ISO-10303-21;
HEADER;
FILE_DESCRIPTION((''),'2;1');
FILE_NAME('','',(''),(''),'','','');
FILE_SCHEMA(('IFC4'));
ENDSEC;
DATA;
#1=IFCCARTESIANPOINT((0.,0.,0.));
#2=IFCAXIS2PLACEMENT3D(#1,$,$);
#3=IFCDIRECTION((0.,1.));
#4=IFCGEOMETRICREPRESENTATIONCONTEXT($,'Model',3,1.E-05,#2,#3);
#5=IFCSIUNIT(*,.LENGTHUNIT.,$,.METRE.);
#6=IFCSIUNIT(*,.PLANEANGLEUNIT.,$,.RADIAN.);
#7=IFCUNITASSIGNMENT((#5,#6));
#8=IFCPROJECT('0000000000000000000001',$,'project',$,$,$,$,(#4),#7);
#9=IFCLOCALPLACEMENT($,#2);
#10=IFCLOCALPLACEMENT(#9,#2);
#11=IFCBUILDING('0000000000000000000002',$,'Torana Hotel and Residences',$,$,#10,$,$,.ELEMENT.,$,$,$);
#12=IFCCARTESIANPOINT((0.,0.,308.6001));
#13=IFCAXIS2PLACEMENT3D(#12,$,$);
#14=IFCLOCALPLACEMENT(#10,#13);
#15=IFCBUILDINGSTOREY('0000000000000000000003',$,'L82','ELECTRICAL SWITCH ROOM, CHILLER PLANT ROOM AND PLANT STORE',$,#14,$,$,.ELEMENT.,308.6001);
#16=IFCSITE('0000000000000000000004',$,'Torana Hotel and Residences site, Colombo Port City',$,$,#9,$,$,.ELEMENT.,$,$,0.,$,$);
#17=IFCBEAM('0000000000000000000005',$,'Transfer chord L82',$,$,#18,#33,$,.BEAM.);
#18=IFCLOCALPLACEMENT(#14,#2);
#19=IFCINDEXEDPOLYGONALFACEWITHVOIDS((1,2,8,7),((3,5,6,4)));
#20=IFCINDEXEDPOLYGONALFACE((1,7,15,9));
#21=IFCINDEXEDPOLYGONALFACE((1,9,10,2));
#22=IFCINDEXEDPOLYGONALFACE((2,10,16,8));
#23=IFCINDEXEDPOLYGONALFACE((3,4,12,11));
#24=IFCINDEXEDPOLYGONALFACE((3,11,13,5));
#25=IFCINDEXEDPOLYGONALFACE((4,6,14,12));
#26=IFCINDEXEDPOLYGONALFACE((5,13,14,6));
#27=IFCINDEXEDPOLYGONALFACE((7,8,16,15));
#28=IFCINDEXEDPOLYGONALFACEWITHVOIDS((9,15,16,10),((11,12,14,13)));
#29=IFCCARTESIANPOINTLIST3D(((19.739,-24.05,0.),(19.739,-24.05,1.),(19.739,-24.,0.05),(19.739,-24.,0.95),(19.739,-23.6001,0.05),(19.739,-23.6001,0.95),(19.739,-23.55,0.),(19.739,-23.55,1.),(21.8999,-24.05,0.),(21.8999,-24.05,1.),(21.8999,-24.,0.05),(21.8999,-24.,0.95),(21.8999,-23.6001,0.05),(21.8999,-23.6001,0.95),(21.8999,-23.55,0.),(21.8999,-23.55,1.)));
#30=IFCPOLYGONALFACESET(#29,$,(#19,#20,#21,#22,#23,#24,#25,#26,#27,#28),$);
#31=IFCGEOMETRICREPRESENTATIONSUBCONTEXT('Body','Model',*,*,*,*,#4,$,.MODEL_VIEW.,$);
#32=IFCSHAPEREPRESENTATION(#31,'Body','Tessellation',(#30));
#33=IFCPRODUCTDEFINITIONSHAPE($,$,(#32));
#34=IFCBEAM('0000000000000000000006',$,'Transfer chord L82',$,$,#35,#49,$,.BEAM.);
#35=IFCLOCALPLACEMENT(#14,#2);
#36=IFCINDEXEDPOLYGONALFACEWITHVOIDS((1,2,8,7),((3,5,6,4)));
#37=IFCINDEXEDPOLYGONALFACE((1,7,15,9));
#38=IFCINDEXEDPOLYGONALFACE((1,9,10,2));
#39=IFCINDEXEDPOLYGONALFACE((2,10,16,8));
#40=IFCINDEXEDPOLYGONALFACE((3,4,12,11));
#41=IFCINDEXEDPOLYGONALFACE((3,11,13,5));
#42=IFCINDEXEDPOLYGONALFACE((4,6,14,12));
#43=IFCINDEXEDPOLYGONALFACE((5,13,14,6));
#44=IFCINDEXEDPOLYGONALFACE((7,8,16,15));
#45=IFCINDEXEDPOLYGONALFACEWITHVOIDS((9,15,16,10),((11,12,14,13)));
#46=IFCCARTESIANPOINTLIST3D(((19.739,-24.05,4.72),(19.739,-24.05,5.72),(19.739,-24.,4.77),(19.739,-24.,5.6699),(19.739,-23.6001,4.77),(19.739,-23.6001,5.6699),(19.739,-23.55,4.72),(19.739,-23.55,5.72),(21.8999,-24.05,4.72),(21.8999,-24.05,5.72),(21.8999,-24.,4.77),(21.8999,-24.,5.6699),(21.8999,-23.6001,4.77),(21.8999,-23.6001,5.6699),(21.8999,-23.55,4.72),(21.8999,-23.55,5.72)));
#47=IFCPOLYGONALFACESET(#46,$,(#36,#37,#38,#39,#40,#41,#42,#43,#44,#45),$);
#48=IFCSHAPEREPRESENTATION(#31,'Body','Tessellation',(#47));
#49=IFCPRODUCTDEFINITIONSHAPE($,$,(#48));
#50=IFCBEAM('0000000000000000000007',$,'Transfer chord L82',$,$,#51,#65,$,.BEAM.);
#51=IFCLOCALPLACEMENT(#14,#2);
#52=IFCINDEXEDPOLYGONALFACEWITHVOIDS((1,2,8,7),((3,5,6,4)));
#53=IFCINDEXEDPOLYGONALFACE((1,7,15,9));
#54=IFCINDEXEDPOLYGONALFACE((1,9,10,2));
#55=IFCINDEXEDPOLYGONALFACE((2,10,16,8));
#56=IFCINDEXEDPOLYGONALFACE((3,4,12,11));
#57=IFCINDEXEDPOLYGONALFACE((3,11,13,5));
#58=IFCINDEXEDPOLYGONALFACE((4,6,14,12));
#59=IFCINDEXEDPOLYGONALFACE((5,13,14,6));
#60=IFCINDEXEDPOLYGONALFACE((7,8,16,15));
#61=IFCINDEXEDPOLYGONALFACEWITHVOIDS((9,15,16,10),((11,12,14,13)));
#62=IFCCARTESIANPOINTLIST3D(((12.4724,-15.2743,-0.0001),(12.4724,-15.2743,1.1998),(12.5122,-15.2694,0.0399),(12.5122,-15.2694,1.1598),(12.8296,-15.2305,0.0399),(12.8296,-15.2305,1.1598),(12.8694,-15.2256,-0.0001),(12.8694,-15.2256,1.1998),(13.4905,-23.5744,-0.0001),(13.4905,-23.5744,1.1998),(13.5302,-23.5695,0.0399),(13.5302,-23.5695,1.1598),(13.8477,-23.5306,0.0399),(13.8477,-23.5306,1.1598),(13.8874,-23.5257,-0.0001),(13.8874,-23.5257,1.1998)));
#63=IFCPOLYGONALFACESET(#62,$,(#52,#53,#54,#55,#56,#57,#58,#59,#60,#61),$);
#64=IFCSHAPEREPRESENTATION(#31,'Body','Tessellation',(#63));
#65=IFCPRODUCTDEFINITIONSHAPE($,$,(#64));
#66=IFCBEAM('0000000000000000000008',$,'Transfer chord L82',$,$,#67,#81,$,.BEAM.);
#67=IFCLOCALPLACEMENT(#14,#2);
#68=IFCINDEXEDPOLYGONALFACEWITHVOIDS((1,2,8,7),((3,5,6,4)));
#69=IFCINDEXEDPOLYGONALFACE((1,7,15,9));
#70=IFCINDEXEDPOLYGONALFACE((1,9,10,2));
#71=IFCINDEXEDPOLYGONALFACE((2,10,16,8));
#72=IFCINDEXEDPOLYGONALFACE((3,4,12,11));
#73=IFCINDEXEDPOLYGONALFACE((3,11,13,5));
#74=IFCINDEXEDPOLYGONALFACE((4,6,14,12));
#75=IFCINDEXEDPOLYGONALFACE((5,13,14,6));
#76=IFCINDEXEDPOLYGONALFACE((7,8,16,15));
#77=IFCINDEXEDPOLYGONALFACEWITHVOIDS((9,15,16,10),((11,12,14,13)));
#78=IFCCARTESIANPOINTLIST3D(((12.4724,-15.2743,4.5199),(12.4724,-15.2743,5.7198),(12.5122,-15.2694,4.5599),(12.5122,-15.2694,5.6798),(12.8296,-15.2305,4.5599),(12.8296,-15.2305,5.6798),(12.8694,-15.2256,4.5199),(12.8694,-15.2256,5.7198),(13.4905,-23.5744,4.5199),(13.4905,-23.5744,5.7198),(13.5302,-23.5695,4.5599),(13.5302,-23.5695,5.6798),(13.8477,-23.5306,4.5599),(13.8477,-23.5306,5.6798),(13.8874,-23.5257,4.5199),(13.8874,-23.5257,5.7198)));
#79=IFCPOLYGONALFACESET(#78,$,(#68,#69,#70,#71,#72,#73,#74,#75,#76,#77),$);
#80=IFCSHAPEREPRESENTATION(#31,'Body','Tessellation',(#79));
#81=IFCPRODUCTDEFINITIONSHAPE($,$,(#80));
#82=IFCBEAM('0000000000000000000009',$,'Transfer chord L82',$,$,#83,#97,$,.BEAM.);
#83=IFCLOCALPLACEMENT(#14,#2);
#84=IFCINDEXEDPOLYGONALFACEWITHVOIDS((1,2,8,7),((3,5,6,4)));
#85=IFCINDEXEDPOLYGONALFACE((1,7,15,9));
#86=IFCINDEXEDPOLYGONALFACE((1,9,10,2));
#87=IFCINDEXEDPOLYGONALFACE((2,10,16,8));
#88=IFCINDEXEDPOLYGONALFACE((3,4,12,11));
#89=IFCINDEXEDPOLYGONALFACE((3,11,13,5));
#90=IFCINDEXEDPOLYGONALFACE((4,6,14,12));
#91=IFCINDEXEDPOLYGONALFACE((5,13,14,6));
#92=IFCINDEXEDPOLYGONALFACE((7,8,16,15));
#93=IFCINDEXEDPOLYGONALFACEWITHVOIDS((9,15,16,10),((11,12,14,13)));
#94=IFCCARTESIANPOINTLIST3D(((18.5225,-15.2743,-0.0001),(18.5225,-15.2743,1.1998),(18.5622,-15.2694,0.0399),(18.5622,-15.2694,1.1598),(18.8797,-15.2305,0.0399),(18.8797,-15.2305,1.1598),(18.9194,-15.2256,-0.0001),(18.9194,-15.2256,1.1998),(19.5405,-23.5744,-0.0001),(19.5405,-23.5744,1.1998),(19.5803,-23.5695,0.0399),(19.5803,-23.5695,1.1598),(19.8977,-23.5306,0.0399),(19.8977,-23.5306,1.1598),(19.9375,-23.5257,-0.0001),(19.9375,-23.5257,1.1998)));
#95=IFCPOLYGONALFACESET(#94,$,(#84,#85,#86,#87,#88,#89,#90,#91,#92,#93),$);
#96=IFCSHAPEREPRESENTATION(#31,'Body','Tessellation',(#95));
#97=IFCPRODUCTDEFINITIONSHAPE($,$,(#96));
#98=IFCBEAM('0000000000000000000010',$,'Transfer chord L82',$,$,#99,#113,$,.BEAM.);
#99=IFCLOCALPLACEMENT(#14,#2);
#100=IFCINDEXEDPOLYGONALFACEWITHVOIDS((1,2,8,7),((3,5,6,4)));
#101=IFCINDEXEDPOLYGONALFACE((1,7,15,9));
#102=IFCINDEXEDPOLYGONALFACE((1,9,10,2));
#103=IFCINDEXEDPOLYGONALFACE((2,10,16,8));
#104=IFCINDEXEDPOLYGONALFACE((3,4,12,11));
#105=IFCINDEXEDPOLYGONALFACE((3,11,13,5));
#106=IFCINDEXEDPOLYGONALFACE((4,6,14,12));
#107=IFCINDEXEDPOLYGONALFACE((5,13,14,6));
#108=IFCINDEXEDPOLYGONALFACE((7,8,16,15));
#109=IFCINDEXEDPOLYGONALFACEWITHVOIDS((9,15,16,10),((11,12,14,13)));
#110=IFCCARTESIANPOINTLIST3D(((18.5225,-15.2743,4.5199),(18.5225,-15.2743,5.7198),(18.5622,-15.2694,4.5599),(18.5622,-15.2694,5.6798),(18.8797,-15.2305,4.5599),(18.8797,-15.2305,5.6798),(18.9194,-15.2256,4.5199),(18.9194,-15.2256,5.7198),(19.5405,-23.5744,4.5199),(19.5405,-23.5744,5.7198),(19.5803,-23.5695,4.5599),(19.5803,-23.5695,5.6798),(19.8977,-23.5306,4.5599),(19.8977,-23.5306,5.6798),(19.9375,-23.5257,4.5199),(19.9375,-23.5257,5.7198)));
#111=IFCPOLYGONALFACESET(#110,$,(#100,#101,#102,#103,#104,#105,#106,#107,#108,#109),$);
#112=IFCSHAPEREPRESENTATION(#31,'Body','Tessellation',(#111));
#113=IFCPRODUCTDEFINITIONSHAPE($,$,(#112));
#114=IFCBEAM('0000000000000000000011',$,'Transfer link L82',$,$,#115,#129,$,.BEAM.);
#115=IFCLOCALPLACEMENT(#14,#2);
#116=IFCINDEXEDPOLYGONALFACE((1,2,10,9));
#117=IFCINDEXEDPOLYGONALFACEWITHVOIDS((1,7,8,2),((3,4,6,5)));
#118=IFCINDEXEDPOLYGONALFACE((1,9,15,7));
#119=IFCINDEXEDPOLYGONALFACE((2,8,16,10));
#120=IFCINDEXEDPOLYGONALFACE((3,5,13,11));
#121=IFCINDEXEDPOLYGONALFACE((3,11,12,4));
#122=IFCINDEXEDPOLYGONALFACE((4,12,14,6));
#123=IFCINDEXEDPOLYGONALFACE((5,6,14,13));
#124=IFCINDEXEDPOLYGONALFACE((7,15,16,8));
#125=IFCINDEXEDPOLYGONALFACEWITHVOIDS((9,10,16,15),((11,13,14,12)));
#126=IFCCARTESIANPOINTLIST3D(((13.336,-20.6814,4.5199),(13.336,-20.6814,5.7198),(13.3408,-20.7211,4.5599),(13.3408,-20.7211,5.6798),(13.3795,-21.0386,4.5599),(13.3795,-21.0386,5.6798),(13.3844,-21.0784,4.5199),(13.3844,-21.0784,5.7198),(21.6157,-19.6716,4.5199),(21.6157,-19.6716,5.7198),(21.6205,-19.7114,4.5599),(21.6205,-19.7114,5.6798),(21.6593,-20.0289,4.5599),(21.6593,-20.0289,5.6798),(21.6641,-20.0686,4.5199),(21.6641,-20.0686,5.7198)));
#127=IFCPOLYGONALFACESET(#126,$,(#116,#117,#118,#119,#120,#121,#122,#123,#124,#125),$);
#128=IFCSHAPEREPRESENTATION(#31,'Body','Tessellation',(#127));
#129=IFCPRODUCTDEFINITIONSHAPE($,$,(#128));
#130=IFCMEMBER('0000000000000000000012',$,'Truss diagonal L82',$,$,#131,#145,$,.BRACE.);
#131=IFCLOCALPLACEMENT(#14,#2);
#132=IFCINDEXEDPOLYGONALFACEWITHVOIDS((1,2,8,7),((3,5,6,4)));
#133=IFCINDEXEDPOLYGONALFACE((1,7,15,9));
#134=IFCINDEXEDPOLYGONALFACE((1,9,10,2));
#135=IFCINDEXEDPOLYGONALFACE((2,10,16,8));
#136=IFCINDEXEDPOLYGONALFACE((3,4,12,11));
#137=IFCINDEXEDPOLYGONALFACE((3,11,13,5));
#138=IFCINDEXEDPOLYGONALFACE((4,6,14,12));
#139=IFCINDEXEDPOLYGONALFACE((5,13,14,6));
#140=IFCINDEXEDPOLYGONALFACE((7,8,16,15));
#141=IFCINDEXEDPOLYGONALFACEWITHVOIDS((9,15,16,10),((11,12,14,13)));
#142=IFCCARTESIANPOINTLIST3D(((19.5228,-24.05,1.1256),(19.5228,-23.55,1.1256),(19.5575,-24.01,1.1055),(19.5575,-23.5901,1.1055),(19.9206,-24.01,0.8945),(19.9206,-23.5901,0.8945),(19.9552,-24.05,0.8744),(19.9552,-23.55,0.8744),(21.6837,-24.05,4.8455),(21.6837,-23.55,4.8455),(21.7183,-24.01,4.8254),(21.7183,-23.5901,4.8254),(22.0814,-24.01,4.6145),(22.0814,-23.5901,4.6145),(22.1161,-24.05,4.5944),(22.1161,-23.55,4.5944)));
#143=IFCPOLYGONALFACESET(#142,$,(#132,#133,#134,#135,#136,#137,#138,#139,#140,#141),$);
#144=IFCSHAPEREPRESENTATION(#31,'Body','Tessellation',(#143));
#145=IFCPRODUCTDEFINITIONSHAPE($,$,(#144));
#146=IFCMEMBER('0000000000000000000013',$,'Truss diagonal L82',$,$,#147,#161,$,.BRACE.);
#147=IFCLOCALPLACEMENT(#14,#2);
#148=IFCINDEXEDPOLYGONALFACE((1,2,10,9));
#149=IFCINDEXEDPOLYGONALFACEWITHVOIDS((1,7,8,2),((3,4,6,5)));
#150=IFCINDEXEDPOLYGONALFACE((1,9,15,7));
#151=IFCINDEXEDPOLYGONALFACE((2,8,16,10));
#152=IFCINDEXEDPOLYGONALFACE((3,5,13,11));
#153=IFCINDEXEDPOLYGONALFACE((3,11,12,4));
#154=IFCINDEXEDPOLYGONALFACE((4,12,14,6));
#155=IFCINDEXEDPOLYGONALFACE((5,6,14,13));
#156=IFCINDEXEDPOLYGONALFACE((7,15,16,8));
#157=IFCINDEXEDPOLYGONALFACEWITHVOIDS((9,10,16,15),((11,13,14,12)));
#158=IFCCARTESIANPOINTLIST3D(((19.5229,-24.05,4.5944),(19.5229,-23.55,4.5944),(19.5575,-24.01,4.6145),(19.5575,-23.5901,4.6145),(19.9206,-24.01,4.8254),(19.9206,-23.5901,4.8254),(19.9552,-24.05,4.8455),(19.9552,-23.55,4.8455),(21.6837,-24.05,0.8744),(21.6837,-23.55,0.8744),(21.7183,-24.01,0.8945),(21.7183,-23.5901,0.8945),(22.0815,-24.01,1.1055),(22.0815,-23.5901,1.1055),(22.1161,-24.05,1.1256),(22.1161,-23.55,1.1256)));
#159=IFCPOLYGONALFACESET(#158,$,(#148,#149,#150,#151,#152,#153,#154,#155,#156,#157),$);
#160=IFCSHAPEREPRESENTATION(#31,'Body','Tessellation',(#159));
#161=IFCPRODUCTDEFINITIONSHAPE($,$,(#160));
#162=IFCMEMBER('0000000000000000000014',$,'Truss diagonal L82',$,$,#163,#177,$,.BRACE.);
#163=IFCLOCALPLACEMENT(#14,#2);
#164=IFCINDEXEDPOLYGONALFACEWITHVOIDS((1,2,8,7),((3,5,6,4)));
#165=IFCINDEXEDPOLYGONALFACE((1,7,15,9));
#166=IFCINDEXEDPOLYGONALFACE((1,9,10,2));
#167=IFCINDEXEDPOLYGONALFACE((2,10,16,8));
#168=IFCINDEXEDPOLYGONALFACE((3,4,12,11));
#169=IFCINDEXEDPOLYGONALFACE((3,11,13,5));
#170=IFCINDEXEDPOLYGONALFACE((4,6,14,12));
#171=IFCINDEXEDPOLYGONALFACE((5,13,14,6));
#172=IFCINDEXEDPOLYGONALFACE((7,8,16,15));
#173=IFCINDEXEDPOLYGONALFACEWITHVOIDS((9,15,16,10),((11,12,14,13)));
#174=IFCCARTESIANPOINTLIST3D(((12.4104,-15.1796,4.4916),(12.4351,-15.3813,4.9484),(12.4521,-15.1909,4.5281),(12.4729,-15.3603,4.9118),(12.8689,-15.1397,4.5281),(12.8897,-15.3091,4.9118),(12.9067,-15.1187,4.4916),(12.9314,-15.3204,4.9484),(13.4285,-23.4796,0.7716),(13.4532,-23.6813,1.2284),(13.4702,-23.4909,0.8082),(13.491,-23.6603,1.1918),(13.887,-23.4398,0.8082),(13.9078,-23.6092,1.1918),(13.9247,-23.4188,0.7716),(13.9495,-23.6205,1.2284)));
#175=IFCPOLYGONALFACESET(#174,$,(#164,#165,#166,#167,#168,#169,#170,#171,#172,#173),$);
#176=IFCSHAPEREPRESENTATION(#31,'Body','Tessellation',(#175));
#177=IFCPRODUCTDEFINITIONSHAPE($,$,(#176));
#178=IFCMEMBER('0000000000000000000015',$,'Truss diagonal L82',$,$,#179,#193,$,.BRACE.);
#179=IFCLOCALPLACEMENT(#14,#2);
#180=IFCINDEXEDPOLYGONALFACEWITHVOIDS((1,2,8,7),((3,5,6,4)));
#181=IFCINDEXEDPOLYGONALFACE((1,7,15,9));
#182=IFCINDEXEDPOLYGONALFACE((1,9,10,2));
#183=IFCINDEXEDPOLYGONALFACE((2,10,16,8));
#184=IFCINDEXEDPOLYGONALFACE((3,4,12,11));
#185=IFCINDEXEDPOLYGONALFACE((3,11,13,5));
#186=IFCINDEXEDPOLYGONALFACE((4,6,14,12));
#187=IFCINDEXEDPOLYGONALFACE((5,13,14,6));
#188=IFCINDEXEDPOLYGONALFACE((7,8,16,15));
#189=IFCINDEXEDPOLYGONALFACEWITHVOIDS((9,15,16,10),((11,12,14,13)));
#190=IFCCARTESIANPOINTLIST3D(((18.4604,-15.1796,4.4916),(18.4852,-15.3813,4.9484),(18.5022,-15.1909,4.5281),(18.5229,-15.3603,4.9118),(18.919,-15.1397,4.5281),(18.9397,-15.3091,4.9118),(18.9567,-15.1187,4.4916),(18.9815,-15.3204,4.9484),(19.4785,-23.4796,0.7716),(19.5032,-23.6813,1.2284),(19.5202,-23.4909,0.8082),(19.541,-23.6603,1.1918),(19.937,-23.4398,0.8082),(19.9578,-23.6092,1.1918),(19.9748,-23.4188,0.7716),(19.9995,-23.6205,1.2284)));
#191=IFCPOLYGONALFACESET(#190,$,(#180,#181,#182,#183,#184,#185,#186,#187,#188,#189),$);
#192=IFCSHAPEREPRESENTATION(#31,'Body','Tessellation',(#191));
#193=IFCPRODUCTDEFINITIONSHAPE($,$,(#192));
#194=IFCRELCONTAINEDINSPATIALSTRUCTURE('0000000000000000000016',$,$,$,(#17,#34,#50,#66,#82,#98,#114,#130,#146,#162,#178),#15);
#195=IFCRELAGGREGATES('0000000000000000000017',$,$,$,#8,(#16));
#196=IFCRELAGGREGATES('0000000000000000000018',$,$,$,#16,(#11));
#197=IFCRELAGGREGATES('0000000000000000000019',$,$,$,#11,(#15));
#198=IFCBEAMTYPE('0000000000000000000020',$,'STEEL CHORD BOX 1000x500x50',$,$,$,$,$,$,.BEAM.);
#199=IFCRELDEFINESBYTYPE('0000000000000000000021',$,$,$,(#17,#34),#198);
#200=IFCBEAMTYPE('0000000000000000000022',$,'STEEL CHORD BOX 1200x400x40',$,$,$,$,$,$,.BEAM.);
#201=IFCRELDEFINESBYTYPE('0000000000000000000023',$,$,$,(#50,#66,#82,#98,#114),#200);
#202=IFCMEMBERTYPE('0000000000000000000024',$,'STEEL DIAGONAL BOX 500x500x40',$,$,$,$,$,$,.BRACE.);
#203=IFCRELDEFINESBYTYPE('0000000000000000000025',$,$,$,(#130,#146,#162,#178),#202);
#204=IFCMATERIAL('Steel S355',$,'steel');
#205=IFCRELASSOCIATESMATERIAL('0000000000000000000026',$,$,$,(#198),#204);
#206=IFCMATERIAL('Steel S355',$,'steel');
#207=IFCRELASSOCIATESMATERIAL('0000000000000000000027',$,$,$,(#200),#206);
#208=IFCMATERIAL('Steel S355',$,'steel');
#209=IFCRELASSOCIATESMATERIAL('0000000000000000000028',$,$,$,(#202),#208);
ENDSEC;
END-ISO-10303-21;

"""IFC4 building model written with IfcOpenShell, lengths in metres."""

from ifc_helpers import new_model, si_unit, direction, frame, origin, origin_2d, place, context, subcontext, project, spatial, hollow_rectangle, extrude, material, material_profile, profile_set, type_object, element, save


model = new_model("IFC4")

# Units and contexts
model_context = context("Model", 3, precision=1e-05, world=origin(), true_north=direction((0.0, 1.0)))
body_context = subcontext(model_context, "Body", "Model", "MODEL_VIEW")
ifc_project = project(units=[si_unit("LENGTHUNIT", "METRE"), si_unit("PLANEANGLEUNIT", "RADIAN")], contexts=[model_context])

# Site, building, storey
site_placement = place(None, origin())
site = spatial("IfcSite", under=ifc_project, at=site_placement, Name="Torana Hotel and Residences site, Colombo Port City", CompositionType="ELEMENT", RefElevation=0.0)
building_placement = place(site_placement, origin())
building = spatial("IfcBuilding", under=site, at=building_placement, Name="Torana Hotel and Residences", CompositionType="ELEMENT")
storey_placement = place(building_placement, frame((0.0, 0.0, 308.6001)))
storey = spatial("IfcBuildingStorey", under=building, at=storey_placement, Name="L82", Description="ELECTRICAL SWITCH ROOM, CHILLER PLANT ROOM AND PLANT STORE", CompositionType="ELEMENT", Elevation=308.6001)

# Beams
ifc_material_1 = material(Name="Steel S355", Category="steel")
ifc_material_profile_1 = material_profile(ifc_material_1, hollow_rectangle(XDim=0.5, YDim=1.0, WallThickness=0.05, at=origin_2d()), Name="BOX 1000x500x50")
ifc_profile_set_1 = profile_set([ifc_material_profile_1], Name="Steel S355")
beam_type_1 = type_object("IfcBeamType", Name="STEEL CHORD BOX 1000x500x50", PredefinedType="BEAM", material=ifc_profile_set_1)
for number, where, z_axis, x_axis, name in (
    (1, (19.739, -23.8, 0.5), (1.0, 0.0, 0.0), (0.0, 1.0, 0.0), "Transfer chord L82"),
    (2, (19.739, -23.8, 5.22), (1.0, 0.0, 0.0), (0.0, 1.0, 0.0), "Transfer chord L82"),
):
    element("IfcBeam", number, at=place(storey_placement, frame(where, z_axis=z_axis, x_axis=x_axis)), inside=storey, type_object=beam_type_1, Name=name, PredefinedType="BEAM", context=body_context, shape_type="SweptSolid", body=[
        extrude(hollow_rectangle(XDim=0.5, YDim=1.0, WallThickness=0.05, at=origin_2d()), origin(), (0.0, 0.0, 1.0), 2.1609),
    ])
ifc_material_2 = material(Name="Steel S355", Category="steel")
ifc_material_profile_2 = material_profile(ifc_material_2, hollow_rectangle(XDim=0.3999, YDim=1.2, WallThickness=0.04, at=origin_2d()), Name="BOX 1200x400x40")
ifc_profile_set_2 = profile_set([ifc_material_profile_2], Name="Steel S355")
beam_type_2 = type_object("IfcBeamType", Name="STEEL CHORD BOX 1200x400x40", PredefinedType="BEAM", material=ifc_profile_set_2)
for number, where, z_axis, x_axis, name in (
    (3, (13.689, -23.55, 0.5999), (-0.121745, 0.992561, 0.0), (-0.992561, -0.121745, 0.0), "Transfer chord L82"),
    (4, (13.689, -23.55, 5.1199), (-0.121745, 0.992561, 0.0), (-0.992561, -0.121745, 0.0), "Transfer chord L82"),
    (5, (19.739, -23.55, 0.5999), (-0.121745, 0.992561, 0.0), (-0.992561, -0.121745, 0.0), "Transfer chord L82"),
    (6, (19.739, -23.55, 5.1199), (-0.121745, 0.992561, 0.0), (-0.992561, -0.121745, 0.0), "Transfer chord L82"),
):
    element("IfcBeam", number, at=place(storey_placement, frame(where, z_axis=z_axis, x_axis=x_axis)), inside=storey, type_object=beam_type_2, Name=name, PredefinedType="BEAM", context=body_context, shape_type="SweptSolid", body=[
        extrude(hollow_rectangle(XDim=0.3999, YDim=1.2, WallThickness=0.04, at=origin_2d()), origin(), (0.0, 0.0, 1.0), 8.3623),
    ])
beam_placement = place(storey_placement, frame((21.6399, -19.8701, 5.1199), z_axis=(-0.992645, -0.121059, 0.0), x_axis=(0.121059, -0.992645, 0.0)))
element("IfcBeam", 7, at=beam_placement, inside=storey, type_object=beam_type_2, Name="Transfer link L82", PredefinedType="BEAM", context=body_context, shape_type="SweptSolid", body=[
    extrude(hollow_rectangle(XDim=0.3999, YDim=1.2, WallThickness=0.04, at=origin_2d()), origin(), (0.0, 0.0, 1.0), 8.3411),
])

# Members
ifc_material_3 = material(Name="Steel S355", Category="steel")
ifc_material_profile_3 = material_profile(ifc_material_3, hollow_rectangle(XDim=0.5, YDim=0.5, WallThickness=0.04, at=origin_2d()), Name="BOX 500x500x40")
ifc_profile_set_3 = profile_set([ifc_material_profile_3], Name="Steel S355")
member_type_1 = type_object("IfcMemberType", Name="STEEL DIAGONAL BOX 500x500x40", PredefinedType="BRACE", material=ifc_profile_set_3)
for number, where, z_axis, x_axis, name in (
    (8, (19.739, -23.8, 1.0), (0.502293, 0.0, 0.864698), (0.0, 1.0, 0.0), "Truss diagonal L82"),
    (9, (21.8999, -23.8, 1.0), (-0.502293, 0.0, 0.864698), (0.0, -1.0, 0.0), "Truss diagonal L82"),
):
    element("IfcMember", number, at=place(storey_placement, frame(where, z_axis=z_axis, x_axis=x_axis)), inside=storey, type_object=member_type_1, Name=name, PredefinedType="BRACE", context=body_context, shape_type="SweptSolid", body=[
        extrude(hollow_rectangle(XDim=0.5, YDim=0.5, WallThickness=0.04, at=origin_2d()), origin(), (0.0, 0.0, 1.0), 4.302),
    ])
for number, where, z_axis, x_axis, name in (
    (10, (13.689, -23.55, 1.0), (-0.111236, 0.906877, 0.40645), (-0.992561, -0.121745, 0.0), "Truss diagonal L82"),
    (11, (19.739, -23.55, 1.0), (-0.111236, 0.906877, 0.40645), (-0.992561, -0.121745, 0.0), "Truss diagonal L82"),
):
    element("IfcMember", number, at=place(storey_placement, frame(where, z_axis=z_axis, x_axis=x_axis)), inside=storey, type_object=member_type_1, Name=name, PredefinedType="BRACE", context=body_context, shape_type="SweptSolid", body=[
        extrude(hollow_rectangle(XDim=0.5, YDim=0.5, WallThickness=0.04, at=origin_2d()), origin(), (0.0, 0.0, 1.0), 9.1523),
    ])

save(model, "model.ifc")
